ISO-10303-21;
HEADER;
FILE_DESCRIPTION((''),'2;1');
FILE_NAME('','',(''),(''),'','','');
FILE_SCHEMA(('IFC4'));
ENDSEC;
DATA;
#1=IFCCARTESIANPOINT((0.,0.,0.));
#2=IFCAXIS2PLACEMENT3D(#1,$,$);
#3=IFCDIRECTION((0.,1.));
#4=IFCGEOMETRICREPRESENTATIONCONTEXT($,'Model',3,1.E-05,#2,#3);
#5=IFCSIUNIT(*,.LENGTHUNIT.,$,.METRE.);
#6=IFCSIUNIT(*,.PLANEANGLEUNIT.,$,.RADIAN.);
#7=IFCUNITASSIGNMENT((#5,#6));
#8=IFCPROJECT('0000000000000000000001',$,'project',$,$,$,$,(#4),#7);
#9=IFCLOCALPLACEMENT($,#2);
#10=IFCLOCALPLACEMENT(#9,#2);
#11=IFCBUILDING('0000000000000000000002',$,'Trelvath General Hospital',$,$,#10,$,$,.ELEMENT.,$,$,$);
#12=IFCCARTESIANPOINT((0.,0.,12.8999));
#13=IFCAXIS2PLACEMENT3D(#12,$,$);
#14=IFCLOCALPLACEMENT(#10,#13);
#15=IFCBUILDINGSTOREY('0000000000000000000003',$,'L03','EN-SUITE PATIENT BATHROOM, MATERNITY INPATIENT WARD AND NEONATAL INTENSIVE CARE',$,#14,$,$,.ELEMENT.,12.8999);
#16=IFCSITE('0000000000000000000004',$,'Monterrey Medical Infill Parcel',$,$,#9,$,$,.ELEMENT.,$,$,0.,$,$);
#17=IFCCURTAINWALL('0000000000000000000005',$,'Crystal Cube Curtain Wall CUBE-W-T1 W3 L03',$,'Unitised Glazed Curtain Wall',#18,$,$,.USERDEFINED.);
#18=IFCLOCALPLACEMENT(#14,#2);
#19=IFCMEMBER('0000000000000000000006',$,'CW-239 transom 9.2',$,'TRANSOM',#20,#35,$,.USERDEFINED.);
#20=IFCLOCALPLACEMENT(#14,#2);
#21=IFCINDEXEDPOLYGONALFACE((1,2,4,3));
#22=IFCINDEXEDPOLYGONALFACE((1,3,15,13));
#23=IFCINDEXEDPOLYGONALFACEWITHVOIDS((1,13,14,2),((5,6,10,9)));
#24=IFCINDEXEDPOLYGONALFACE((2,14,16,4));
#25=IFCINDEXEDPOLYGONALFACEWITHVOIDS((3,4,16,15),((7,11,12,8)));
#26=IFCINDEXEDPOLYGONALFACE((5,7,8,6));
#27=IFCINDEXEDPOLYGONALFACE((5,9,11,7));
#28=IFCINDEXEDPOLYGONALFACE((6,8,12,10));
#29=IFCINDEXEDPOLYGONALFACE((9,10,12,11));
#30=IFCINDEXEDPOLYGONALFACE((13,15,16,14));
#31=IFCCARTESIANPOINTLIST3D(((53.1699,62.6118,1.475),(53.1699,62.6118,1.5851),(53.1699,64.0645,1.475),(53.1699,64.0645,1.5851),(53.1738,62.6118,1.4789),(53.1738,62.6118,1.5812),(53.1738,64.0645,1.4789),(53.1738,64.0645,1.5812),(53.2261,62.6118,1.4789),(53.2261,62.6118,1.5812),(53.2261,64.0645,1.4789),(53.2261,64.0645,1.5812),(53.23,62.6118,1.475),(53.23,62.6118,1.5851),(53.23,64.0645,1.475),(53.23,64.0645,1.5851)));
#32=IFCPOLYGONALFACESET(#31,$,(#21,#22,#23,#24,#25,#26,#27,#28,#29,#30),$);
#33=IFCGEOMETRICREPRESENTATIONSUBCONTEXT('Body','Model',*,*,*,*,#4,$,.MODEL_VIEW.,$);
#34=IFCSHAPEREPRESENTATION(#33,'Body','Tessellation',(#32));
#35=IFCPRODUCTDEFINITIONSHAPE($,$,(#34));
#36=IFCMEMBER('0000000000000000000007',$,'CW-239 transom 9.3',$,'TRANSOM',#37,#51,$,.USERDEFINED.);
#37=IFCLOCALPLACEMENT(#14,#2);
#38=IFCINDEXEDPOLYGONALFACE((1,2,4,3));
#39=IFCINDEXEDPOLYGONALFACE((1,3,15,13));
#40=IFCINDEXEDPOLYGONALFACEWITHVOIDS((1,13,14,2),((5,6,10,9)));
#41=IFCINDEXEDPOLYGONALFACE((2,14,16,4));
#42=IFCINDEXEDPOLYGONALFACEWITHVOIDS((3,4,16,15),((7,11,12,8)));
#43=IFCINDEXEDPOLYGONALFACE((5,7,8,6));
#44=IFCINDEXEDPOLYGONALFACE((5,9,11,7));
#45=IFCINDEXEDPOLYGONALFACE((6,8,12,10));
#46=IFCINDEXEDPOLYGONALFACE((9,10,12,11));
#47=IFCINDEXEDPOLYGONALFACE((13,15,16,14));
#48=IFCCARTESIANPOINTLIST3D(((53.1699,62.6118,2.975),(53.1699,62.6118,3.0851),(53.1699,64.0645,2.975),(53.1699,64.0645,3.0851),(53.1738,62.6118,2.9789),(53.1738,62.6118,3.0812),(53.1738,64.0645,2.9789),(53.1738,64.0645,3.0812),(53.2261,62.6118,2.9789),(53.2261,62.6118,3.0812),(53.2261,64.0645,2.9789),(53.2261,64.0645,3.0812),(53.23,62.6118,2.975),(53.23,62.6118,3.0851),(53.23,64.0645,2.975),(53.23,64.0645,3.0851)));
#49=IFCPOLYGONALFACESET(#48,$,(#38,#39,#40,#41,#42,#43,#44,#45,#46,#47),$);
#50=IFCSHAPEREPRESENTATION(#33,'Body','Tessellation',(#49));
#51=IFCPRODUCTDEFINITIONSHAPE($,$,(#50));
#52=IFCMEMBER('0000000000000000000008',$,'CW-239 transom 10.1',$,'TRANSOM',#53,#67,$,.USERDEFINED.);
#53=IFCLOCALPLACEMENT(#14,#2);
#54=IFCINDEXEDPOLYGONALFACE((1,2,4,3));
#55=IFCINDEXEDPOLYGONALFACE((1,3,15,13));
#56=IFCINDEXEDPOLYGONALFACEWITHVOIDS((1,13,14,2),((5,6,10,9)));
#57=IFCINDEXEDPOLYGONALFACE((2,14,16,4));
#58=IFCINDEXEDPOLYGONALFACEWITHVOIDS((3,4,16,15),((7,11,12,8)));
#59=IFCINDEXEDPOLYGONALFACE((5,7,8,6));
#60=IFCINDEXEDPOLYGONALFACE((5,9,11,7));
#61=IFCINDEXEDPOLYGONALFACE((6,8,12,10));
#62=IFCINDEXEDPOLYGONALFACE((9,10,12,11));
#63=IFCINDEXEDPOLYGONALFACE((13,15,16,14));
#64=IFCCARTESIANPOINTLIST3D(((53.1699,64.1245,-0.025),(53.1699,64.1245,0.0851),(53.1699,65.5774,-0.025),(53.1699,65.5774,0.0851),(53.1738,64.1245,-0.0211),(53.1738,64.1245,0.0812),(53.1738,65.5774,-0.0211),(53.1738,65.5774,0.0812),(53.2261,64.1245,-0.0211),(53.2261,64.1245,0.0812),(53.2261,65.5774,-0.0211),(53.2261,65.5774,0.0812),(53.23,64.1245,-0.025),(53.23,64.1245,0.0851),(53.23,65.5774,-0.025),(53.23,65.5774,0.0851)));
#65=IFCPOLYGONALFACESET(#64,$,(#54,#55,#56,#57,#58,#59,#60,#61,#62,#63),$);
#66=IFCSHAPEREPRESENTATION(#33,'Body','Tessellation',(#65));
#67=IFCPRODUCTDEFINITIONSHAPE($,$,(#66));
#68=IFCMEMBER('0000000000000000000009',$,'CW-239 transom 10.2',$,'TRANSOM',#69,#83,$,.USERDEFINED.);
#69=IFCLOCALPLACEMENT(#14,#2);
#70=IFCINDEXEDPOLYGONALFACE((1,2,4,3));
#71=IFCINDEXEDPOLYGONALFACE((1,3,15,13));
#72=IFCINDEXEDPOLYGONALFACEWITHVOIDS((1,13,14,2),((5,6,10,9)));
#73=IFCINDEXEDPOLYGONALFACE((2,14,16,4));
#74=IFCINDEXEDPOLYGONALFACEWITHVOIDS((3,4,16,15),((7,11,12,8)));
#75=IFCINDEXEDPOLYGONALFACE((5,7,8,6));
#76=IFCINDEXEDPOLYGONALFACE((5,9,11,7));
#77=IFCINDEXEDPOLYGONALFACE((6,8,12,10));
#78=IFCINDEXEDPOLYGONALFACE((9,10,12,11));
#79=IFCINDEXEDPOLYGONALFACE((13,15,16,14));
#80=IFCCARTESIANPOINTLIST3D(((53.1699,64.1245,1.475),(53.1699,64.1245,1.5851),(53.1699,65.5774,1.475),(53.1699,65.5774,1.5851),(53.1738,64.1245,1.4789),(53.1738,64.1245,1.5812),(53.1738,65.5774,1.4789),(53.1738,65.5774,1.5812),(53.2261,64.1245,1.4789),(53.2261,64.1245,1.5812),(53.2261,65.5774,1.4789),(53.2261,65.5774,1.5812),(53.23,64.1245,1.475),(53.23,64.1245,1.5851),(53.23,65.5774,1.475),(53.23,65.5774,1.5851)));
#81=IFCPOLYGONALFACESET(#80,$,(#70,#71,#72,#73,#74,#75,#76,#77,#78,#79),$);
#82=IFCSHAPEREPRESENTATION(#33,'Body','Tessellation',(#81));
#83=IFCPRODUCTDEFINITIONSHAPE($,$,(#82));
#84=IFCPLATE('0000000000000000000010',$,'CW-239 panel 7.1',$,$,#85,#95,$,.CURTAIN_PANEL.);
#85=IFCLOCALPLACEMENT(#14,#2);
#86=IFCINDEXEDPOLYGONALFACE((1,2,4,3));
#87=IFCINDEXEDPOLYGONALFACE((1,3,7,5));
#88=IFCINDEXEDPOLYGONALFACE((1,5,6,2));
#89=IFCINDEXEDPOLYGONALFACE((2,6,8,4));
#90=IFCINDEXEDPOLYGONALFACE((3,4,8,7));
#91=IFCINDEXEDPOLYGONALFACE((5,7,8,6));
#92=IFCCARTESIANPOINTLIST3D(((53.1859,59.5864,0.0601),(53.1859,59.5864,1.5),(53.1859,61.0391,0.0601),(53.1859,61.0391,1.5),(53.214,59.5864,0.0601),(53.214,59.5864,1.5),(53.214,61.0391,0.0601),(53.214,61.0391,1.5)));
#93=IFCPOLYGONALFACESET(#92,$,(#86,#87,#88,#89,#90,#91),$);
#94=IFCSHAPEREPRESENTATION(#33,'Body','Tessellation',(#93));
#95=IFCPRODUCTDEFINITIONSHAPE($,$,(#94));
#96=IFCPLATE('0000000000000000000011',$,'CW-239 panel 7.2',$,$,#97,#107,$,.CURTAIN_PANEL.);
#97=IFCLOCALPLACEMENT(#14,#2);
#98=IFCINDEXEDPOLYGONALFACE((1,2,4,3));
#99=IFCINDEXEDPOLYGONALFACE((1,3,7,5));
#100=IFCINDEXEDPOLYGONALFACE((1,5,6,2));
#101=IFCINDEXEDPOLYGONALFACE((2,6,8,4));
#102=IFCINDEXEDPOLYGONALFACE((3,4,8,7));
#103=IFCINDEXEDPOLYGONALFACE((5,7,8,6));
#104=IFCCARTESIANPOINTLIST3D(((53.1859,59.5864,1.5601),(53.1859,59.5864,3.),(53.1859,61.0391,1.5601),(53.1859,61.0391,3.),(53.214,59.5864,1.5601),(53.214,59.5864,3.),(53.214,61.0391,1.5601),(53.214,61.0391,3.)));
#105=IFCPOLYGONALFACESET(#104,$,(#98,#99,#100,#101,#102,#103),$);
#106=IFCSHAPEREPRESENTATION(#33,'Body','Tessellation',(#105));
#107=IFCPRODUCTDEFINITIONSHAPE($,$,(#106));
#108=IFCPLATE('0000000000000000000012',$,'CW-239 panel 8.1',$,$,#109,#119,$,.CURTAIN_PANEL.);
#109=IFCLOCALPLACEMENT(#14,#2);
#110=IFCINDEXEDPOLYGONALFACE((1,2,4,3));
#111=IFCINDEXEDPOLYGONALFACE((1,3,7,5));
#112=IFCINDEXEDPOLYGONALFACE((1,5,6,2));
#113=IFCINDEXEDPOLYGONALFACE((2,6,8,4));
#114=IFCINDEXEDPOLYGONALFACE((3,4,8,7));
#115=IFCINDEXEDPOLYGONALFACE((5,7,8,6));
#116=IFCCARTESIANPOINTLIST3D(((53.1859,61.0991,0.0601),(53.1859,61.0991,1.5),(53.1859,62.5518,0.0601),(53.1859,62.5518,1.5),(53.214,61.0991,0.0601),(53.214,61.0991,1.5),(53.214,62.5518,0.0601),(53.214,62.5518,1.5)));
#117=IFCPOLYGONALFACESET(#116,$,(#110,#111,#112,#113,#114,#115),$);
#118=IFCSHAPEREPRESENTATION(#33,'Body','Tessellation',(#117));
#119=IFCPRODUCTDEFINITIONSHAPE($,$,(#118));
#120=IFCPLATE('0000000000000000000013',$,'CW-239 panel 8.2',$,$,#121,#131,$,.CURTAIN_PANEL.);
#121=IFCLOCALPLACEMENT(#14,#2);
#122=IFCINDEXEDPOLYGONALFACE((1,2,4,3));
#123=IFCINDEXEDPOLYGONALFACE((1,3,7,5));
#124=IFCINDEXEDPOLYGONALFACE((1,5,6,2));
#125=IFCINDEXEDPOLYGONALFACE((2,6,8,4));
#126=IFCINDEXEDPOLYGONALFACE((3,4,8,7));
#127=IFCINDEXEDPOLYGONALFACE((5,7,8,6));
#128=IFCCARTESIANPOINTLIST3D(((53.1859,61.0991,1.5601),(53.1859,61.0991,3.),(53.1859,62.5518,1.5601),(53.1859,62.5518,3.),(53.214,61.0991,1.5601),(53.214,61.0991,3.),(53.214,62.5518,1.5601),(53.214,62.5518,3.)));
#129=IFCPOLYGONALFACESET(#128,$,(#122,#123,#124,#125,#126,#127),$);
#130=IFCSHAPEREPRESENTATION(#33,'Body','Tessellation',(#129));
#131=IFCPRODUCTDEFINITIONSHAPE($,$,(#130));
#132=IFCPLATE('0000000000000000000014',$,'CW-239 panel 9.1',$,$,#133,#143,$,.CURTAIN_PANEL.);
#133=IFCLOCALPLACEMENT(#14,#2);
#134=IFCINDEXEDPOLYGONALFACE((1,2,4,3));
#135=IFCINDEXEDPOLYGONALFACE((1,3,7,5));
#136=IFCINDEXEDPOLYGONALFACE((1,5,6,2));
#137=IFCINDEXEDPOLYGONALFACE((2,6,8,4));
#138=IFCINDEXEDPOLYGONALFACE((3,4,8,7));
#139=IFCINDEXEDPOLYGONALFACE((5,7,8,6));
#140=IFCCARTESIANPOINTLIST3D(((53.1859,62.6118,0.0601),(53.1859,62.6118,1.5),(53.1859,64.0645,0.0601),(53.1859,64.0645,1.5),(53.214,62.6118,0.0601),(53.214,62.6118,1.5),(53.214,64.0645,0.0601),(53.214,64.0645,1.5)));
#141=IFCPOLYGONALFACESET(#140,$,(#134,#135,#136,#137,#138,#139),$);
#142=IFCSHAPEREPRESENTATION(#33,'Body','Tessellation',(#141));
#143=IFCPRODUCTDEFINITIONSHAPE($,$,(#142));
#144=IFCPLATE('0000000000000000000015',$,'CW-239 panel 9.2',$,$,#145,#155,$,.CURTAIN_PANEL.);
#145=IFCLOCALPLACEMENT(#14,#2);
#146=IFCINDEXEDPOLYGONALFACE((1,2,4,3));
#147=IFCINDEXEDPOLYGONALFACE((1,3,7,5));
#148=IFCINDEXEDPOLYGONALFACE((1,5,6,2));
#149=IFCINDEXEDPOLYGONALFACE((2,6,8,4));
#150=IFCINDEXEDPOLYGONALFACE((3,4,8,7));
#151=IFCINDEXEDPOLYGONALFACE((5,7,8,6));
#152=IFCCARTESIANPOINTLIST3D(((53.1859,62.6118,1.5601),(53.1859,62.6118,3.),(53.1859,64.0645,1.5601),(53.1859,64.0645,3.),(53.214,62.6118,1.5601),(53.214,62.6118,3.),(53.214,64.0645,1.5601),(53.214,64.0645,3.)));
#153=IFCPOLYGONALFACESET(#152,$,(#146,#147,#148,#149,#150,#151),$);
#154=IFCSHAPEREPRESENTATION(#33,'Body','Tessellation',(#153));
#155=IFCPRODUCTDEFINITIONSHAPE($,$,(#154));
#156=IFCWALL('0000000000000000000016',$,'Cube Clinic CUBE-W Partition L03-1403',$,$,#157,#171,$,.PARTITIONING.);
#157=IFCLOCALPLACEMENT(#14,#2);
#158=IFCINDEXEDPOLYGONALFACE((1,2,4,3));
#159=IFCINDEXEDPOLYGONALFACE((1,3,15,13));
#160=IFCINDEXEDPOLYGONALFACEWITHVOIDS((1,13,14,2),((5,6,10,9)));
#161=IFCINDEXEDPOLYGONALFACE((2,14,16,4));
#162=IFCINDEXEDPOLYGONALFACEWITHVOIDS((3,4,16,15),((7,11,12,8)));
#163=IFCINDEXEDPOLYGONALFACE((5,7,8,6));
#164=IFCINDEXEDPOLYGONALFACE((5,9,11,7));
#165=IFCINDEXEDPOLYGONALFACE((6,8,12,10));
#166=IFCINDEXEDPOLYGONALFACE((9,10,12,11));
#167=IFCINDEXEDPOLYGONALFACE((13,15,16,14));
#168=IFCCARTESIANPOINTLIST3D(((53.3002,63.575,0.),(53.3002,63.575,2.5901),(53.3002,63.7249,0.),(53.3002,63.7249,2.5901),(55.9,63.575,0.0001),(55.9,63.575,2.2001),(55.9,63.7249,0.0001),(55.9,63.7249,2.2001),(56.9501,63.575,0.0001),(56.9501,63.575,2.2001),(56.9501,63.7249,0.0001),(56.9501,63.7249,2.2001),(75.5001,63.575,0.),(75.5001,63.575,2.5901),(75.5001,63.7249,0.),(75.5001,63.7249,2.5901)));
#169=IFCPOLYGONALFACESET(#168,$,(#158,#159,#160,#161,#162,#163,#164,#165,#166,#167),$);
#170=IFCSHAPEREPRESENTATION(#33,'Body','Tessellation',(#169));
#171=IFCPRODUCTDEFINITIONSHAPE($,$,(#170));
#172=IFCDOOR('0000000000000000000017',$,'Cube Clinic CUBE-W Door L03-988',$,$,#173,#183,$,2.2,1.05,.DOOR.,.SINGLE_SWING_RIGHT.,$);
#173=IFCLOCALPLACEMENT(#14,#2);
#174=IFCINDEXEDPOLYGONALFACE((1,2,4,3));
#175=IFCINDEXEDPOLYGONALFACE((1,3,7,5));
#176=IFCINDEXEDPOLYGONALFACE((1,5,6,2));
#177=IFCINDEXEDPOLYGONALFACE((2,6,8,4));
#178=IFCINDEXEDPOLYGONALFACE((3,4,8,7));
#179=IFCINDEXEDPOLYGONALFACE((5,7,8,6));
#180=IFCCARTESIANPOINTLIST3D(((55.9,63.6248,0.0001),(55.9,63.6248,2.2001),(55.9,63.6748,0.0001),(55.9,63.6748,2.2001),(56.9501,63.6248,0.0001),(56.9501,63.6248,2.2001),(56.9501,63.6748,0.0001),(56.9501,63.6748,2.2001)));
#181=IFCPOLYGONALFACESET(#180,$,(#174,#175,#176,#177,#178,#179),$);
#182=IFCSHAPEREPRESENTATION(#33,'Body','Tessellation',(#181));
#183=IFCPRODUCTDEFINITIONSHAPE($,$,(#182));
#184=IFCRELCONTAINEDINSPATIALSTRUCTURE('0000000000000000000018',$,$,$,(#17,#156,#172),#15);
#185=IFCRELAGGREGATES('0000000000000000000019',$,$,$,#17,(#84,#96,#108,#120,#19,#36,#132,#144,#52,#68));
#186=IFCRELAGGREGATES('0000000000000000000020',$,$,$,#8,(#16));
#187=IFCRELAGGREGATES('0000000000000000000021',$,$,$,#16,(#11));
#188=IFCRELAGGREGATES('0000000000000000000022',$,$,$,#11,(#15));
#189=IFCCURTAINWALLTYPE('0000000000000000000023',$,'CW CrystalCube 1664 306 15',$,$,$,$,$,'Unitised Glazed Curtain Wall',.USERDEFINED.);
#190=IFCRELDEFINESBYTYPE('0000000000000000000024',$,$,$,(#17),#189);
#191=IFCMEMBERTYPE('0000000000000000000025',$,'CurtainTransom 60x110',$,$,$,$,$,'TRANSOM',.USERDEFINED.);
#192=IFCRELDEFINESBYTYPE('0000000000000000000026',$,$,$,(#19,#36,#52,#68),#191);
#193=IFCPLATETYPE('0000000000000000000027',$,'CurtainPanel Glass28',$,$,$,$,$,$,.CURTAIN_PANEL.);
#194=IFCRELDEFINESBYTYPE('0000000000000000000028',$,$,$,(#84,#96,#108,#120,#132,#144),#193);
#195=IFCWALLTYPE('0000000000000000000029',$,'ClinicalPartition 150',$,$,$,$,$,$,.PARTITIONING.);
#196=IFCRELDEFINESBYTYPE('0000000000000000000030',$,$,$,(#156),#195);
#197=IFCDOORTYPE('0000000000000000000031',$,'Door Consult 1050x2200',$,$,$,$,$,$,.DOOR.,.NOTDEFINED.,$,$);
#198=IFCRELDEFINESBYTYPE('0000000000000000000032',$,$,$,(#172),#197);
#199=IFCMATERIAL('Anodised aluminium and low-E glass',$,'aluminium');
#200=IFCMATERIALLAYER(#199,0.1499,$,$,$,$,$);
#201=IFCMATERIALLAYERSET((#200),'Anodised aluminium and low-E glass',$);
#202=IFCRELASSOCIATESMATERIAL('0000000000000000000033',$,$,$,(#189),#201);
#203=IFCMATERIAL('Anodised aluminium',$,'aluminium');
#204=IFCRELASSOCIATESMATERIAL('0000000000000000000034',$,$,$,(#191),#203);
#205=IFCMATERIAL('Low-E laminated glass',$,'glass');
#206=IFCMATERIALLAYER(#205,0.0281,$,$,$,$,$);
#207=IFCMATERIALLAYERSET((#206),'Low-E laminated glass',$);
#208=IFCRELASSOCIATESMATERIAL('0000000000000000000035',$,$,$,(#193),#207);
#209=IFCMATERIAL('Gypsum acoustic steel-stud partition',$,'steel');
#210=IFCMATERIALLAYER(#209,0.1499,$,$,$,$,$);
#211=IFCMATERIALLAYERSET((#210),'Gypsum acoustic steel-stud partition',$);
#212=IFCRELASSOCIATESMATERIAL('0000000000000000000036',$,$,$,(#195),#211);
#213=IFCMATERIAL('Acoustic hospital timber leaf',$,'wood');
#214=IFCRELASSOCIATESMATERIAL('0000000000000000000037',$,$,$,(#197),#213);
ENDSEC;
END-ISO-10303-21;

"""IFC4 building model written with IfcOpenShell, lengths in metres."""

from ifc_helpers import new_model, si_unit, direction, frame, frame_2d, origin, origin_2d, place, context, subcontext, project, spatial, rectangle, hollow_rectangle, extrude, material, layer, layer_set, material_profile, profile_set, type_object, element, fill, aggregate, save


model = new_model("IFC4")

# Units and contexts
model_context = context("Model", 3, precision=1e-05, world=origin(), true_north=direction((0.0, 1.0)))
body_context = subcontext(model_context, "Body", "Model", "MODEL_VIEW")
ifc_project = project(units=[si_unit("LENGTHUNIT", "METRE"), si_unit("PLANEANGLEUNIT", "RADIAN")], contexts=[model_context])

# Site, building, storey
site_placement = place(None, origin())
site = spatial("IfcSite", under=ifc_project, at=site_placement, Name="Monterrey Medical Infill Parcel", CompositionType="ELEMENT", RefElevation=0.0)
building_placement = place(site_placement, origin())
building = spatial("IfcBuilding", under=site, at=building_placement, Name="Trelvath General Hospital", CompositionType="ELEMENT")
storey_placement = place(building_placement, frame((0.0, 0.0, 12.8999)))
storey = spatial("IfcBuildingStorey", under=building, at=storey_placement, Name="L03", Description="EN-SUITE PATIENT BATHROOM, MATERNITY INPATIENT WARD AND NEONATAL INTENSIVE CARE", CompositionType="ELEMENT", Elevation=12.8999)

# Curtain wall, members, plates
ifc_material_1 = material(Name="Anodised aluminium and low-E glass", Category="aluminium")
ifc_layer_1 = layer(ifc_material_1, 0.1499)
ifc_layer_set_1 = layer_set([ifc_layer_1], Name="Anodised aluminium and low-E glass")
curtain_wall_type = type_object("IfcCurtainWallType", Name="CW CrystalCube 1664 306 15", ElementType="Unitised Glazed Curtain Wall", PredefinedType="USERDEFINED", material=ifc_layer_set_1)
curtain_wall_placement = place(storey_placement, origin())
curtain_wall = element("IfcCurtainWall", 1, at=curtain_wall_placement, inside=storey, type_object=curtain_wall_type, Name="Crystal Cube Curtain Wall CUBE-W-T1 W3 L03", ObjectType="Unitised Glazed Curtain Wall", PredefinedType="USERDEFINED")
ifc_material_2 = material(Name="Anodised aluminium", Category="aluminium")
ifc_material_profile_1 = material_profile(ifc_material_2, hollow_rectangle(XDim=0.0601, YDim=0.1101, WallThickness=0.0039, at=origin_2d()), Name="RHS60x110x4")
ifc_profile_set_1 = profile_set([ifc_material_profile_1], Name="Anodised aluminium")
member_type_1 = type_object("IfcMemberType", Name="CurtainTransom 60x110", ElementType="TRANSOM", PredefinedType="USERDEFINED", material=ifc_profile_set_1)
member_1_placement = place(storey_placement, frame((53.2, 62.6118, 1.53), z_axis=(0.0, 1.0, 0.0), x_axis=(-1.0, 0.0, 0.0)))
member_1 = element("IfcMember", 2, at=member_1_placement, type_object=member_type_1, Name="CW-239 transom 9.2", ObjectType="TRANSOM", PredefinedType="USERDEFINED", context=body_context, shape_type="SweptSolid", body=[
    extrude(hollow_rectangle(XDim=0.0601, YDim=0.1101, WallThickness=0.0039, at=origin_2d()), origin(), (0.0, 0.0, 1.0), 1.4526),
])
member_2_placement = place(storey_placement, frame((53.2, 62.6118, 3.03), z_axis=(0.0, 1.0, 0.0), x_axis=(-1.0, 0.0, 0.0)))
member_2 = element("IfcMember", 3, at=member_2_placement, type_object=member_type_1, Name="CW-239 transom 9.3", ObjectType="TRANSOM", PredefinedType="USERDEFINED", context=body_context, shape_type="SweptSolid", body=[
    extrude(hollow_rectangle(XDim=0.0601, YDim=0.1101, WallThickness=0.0039, at=origin_2d()), origin(), (0.0, 0.0, 1.0), 1.4526),
])
member_3_placement = place(storey_placement, frame((53.2, 64.1245, 0.03), z_axis=(0.0, 1.0, 0.0), x_axis=(-1.0, 0.0, 0.0)))
member_3 = element("IfcMember", 4, at=member_3_placement, type_object=member_type_1, Name="CW-239 transom 10.1", ObjectType="TRANSOM", PredefinedType="USERDEFINED", context=body_context, shape_type="SweptSolid", body=[
    extrude(hollow_rectangle(XDim=0.0601, YDim=0.1101, WallThickness=0.0039, at=origin_2d()), origin(), (0.0, 0.0, 1.0), 1.4529),
])
member_4_placement = place(storey_placement, frame((53.2, 64.1245, 1.53), z_axis=(0.0, 1.0, 0.0), x_axis=(-1.0, 0.0, 0.0)))
member_4 = element("IfcMember", 5, at=member_4_placement, type_object=member_type_1, Name="CW-239 transom 10.2", ObjectType="TRANSOM", PredefinedType="USERDEFINED", context=body_context, shape_type="SweptSolid", body=[
    extrude(hollow_rectangle(XDim=0.0601, YDim=0.1101, WallThickness=0.0039, at=origin_2d()), origin(), (0.0, 0.0, 1.0), 1.4529),
])
ifc_material_3 = material(Name="Low-E laminated glass", Category="glass")
ifc_layer_2 = layer(ifc_material_3, 0.0281)
ifc_layer_set_2 = layer_set([ifc_layer_2], Name="Low-E laminated glass")
plate_type = type_object("IfcPlateType", Name="CurtainPanel Glass28", PredefinedType="CURTAIN_PANEL", material=ifc_layer_set_2)
plate_1_placement = place(storey_placement, frame((53.2, 60.3127, 0.0601), z_axis=(0.0, 0.0, 1.0), x_axis=(0.0, 1.0, 0.0)))
plate_1 = element("IfcPlate", 6, at=plate_1_placement, type_object=plate_type, Name="CW-239 panel 7.1", PredefinedType="CURTAIN_PANEL", context=body_context, shape_type="SweptSolid", body=[
    extrude(rectangle(XDim=1.4526, YDim=0.0281, at=origin_2d()), origin(), (0.0, 0.0, 1.0), 1.4399),
])
plate_2_placement = place(storey_placement, frame((53.2, 60.3127, 1.5601), z_axis=(0.0, 0.0, 1.0), x_axis=(0.0, 1.0, 0.0)))
plate_2 = element("IfcPlate", 7, at=plate_2_placement, type_object=plate_type, Name="CW-239 panel 7.2", PredefinedType="CURTAIN_PANEL", context=body_context, shape_type="SweptSolid", body=[
    extrude(rectangle(XDim=1.4526, YDim=0.0281, at=origin_2d()), origin(), (0.0, 0.0, 1.0), 1.4399),
])
plate_3_placement = place(storey_placement, frame((53.2, 61.8254, 0.0601), z_axis=(0.0, 0.0, 1.0), x_axis=(0.0, 1.0, 0.0)))
plate_3 = element("IfcPlate", 8, at=plate_3_placement, type_object=plate_type, Name="CW-239 panel 8.1", PredefinedType="CURTAIN_PANEL", context=body_context, shape_type="SweptSolid", body=[
    extrude(rectangle(XDim=1.4526, YDim=0.0281, at=origin_2d()), origin(), (0.0, 0.0, 1.0), 1.4399),
])
plate_4_placement = place(storey_placement, frame((53.2, 61.8254, 1.5601), z_axis=(0.0, 0.0, 1.0), x_axis=(0.0, 1.0, 0.0)))
plate_4 = element("IfcPlate", 9, at=plate_4_placement, type_object=plate_type, Name="CW-239 panel 8.2", PredefinedType="CURTAIN_PANEL", context=body_context, shape_type="SweptSolid", body=[
    extrude(rectangle(XDim=1.4526, YDim=0.0281, at=origin_2d()), origin(), (0.0, 0.0, 1.0), 1.4399),
])
plate_5_placement = place(storey_placement, frame((53.2, 63.3381, 0.0601), z_axis=(0.0, 0.0, 1.0), x_axis=(0.0, 1.0, 0.0)))
plate_5 = element("IfcPlate", 10, at=plate_5_placement, type_object=plate_type, Name="CW-239 panel 9.1", PredefinedType="CURTAIN_PANEL", context=body_context, shape_type="SweptSolid", body=[
    extrude(rectangle(XDim=1.4526, YDim=0.0281, at=origin_2d()), origin(), (0.0, 0.0, 1.0), 1.4399),
])
plate_6_placement = place(storey_placement, frame((53.2, 63.3381, 1.5601), z_axis=(0.0, 0.0, 1.0), x_axis=(0.0, 1.0, 0.0)))
plate_6 = element("IfcPlate", 11, at=plate_6_placement, type_object=plate_type, Name="CW-239 panel 9.2", PredefinedType="CURTAIN_PANEL", context=body_context, shape_type="SweptSolid", body=[
    extrude(rectangle(XDim=1.4526, YDim=0.0281, at=origin_2d()), origin(), (0.0, 0.0, 1.0), 1.4399),
])
aggregate(curtain_wall, [plate_1, plate_2, plate_3, plate_4, member_1, member_2, plate_5, plate_6, member_3, member_4])

# Wall, opening, door
ifc_material_4 = material(Name="Gypsum acoustic steel-stud partition", Category="steel")
ifc_layer_3 = layer(ifc_material_4, 0.1499)
ifc_layer_set_3 = layer_set([ifc_layer_3], Name="Gypsum acoustic steel-stud partition")
wall_type = type_object("IfcWallType", Name="ClinicalPartition 150", PredefinedType="PARTITIONING", material=ifc_layer_set_3)
wall_placement = place(storey_placement, frame((53.3, 63.6499, 0.0), z_axis=(0.0, 0.0, 1.0), x_axis=(1.0, 0.0, 0.0)))
wall = element("IfcWall", 12, at=wall_placement, inside=storey, type_object=wall_type, Name="Cube Clinic CUBE-W Partition L03-1403", PredefinedType="PARTITIONING", context=body_context, shape_type="SweptSolid", body=[
    extrude(rectangle(XDim=22.2, YDim=0.1499, at=frame_2d((11.1001, 0.0))), origin(), (0.0, 0.0, 1.0), 2.5901),
])
opening_placement = place(wall_placement, frame((2.6001, 0.0, 0.0)))
opening = element("IfcOpeningElement", 13, at=opening_placement, cuts=wall, PredefinedType="OPENING", context=body_context, shape_type="SweptSolid", body=[
    extrude(rectangle(XDim=1.05, YDim=2.2, at=frame_2d((0.5249, 1.1001))), frame((0.0, 0.085, 0.0), z_axis=(0.0, -1.0, 0.0), x_axis=(1.0, 0.0, 0.0)), (0.0, 0.0, 1.0), 0.1699),
])
ifc_material_5 = material(Name="Acoustic hospital timber leaf", Category="wood")
door_type = type_object("IfcDoorType", Name="Door Consult 1050x2200", OperationType="NOTDEFINED", PredefinedType="DOOR", material=ifc_material_5)
door_placement = place(opening_placement, origin())
door = element("IfcDoor", 14, at=door_placement, inside=storey, type_object=door_type, Name="Cube Clinic CUBE-W Door L03-988", OperationType="SINGLE_SWING_RIGHT", OverallHeight=2.2, OverallWidth=1.05, PredefinedType="DOOR", context=body_context, shape_type="SweptSolid", body=[
    extrude(rectangle(XDim=1.05, YDim=2.2, at=frame_2d((0.5249, 1.1001))), frame((0.0, 0.0249, 0.0), z_axis=(0.0, -1.0, 0.0), x_axis=(1.0, 0.0, 0.0)), (0.0, 0.0, 1.0), 0.05),
])
fill(opening, door)

save(model, "model.ifc")
